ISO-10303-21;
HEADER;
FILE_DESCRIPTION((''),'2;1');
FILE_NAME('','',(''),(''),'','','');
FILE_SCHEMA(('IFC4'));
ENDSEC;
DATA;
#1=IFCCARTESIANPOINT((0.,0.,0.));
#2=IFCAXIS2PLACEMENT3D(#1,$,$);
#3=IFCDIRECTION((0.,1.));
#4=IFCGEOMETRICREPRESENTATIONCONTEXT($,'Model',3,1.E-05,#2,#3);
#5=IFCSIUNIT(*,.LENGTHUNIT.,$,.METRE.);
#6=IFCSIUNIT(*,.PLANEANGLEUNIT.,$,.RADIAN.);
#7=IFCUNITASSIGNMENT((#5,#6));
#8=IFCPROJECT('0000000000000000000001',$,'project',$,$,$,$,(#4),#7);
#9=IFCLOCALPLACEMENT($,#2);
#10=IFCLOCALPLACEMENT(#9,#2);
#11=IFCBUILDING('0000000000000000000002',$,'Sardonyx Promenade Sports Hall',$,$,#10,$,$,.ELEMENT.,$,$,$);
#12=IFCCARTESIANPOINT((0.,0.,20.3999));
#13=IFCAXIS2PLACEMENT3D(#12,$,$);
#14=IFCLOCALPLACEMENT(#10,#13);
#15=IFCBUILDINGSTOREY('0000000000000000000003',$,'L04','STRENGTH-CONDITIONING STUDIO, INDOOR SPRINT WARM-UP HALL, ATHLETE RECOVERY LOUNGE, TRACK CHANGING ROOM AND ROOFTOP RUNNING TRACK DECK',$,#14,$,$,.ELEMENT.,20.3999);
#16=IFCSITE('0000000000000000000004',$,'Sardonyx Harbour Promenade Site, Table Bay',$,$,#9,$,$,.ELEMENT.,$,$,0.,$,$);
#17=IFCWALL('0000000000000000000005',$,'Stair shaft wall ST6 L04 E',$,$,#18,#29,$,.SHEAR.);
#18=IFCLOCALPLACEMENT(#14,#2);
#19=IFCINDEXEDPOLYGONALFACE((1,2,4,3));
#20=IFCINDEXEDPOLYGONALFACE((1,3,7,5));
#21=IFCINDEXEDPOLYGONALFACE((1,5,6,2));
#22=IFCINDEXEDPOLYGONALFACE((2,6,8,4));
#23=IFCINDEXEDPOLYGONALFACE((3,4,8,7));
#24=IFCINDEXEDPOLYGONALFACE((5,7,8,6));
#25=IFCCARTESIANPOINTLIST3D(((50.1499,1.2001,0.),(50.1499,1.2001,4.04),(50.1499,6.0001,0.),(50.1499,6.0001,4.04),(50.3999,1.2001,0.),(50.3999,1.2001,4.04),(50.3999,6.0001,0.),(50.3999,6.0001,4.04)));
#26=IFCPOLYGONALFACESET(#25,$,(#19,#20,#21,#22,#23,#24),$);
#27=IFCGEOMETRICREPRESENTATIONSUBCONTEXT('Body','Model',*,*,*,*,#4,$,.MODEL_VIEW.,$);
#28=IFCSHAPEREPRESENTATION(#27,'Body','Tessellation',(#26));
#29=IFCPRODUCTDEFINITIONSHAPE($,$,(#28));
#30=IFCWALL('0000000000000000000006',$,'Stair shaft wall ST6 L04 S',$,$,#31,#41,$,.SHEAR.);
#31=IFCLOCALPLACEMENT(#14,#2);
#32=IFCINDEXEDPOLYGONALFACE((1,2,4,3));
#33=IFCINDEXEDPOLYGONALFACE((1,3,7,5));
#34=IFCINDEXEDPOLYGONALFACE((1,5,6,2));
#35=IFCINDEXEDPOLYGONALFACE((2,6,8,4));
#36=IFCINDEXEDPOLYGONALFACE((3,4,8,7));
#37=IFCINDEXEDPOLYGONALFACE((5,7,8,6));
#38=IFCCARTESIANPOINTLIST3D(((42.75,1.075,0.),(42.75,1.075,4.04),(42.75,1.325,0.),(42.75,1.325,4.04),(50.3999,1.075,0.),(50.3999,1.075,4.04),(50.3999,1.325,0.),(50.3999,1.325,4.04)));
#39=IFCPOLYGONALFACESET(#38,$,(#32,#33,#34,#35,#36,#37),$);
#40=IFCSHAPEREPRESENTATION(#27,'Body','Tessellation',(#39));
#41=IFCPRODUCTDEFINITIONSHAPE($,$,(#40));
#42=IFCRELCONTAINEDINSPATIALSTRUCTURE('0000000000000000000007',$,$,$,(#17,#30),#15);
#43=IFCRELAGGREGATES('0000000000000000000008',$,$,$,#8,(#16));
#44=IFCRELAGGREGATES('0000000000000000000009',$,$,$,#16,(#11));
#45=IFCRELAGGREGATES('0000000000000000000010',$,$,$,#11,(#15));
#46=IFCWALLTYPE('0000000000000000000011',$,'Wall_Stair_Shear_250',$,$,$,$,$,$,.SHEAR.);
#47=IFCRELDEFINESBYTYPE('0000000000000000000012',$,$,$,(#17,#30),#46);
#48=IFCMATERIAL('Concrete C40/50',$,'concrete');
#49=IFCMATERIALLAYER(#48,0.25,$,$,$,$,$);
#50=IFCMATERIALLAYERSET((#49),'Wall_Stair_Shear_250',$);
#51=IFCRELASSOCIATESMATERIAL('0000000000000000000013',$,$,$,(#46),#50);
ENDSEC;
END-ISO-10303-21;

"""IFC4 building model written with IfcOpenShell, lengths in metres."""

from ifc_helpers import new_model, si_unit, direction, frame, frame_2d, origin, place, context, subcontext, project, spatial, rectangle, extrude, material, layer, layer_set, type_object, element, save


model = new_model("IFC4")

# Units and contexts
model_context = context("Model", 3, precision=1e-05, world=origin(), true_north=direction((0.0, 1.0)))
body_context = subcontext(model_context, "Body", "Model", "MODEL_VIEW")
ifc_project = project(units=[si_unit("LENGTHUNIT", "METRE"), si_unit("PLANEANGLEUNIT", "RADIAN")], contexts=[model_context])

# Site, building, storey
site_placement = place(None, origin())
site = spatial("IfcSite", under=ifc_project, at=site_placement, Name="Sardonyx Harbour Promenade Site, Table Bay", CompositionType="ELEMENT", RefElevation=0.0)
building_placement = place(site_placement, origin())
building = spatial("IfcBuilding", under=site, at=building_placement, Name="Sardonyx Promenade Sports Hall", CompositionType="ELEMENT")
storey_placement = place(building_placement, frame((0.0, 0.0, 20.3999)))
storey = spatial("IfcBuildingStorey", under=building, at=storey_placement, Name="L04", Description="STRENGTH-CONDITIONING STUDIO, INDOOR SPRINT WARM-UP HALL, ATHLETE RECOVERY LOUNGE, TRACK CHANGING ROOM AND ROOFTOP RUNNING TRACK DECK", CompositionType="ELEMENT", Elevation=20.3999)

# Shared definitions
ifc_material_1 = material(Name="Concrete C40/50", Category="concrete")
ifc_layer_1 = layer(ifc_material_1, 0.25)
ifc_layer_set_1 = layer_set([ifc_layer_1], Name="Wall_Stair_Shear_250")
wall_type_1 = type_object("IfcWallType", Name="Wall_Stair_Shear_250", PredefinedType="SHEAR", material=ifc_layer_set_1)

# Walls
wall_1_placement = place(storey_placement, frame((50.2749, 6.0, 0.0), z_axis=(0.0, 0.0, 1.0), x_axis=(0.0, -1.0, 0.0)))
element("IfcWall", 1, at=wall_1_placement, inside=storey, type_object=wall_type_1, Name="Stair shaft wall ST6 L04 E", PredefinedType="SHEAR", context=body_context, shape_type="SweptSolid", body=[
    extrude(rectangle(XDim=4.8, YDim=0.25, at=frame_2d((2.3999, 0.0))), origin(), (0.0, 0.0, 1.0), 4.04),
])
wall_2_placement = place(storey_placement, frame((50.3999, 1.2, 0.0), z_axis=(0.0, 0.0, 1.0), x_axis=(-1.0, 0.0, 0.0)))
element("IfcWall", 2, at=wall_2_placement, inside=storey, type_object=wall_type_1, Name="Stair shaft wall ST6 L04 S", PredefinedType="SHEAR", context=body_context, shape_type="SweptSolid", body=[
    extrude(rectangle(XDim=7.6499, YDim=0.25, at=frame_2d((3.825, 0.0))), origin(), (0.0, 0.0, 1.0), 4.04),
])

save(model, "model.ifc")
